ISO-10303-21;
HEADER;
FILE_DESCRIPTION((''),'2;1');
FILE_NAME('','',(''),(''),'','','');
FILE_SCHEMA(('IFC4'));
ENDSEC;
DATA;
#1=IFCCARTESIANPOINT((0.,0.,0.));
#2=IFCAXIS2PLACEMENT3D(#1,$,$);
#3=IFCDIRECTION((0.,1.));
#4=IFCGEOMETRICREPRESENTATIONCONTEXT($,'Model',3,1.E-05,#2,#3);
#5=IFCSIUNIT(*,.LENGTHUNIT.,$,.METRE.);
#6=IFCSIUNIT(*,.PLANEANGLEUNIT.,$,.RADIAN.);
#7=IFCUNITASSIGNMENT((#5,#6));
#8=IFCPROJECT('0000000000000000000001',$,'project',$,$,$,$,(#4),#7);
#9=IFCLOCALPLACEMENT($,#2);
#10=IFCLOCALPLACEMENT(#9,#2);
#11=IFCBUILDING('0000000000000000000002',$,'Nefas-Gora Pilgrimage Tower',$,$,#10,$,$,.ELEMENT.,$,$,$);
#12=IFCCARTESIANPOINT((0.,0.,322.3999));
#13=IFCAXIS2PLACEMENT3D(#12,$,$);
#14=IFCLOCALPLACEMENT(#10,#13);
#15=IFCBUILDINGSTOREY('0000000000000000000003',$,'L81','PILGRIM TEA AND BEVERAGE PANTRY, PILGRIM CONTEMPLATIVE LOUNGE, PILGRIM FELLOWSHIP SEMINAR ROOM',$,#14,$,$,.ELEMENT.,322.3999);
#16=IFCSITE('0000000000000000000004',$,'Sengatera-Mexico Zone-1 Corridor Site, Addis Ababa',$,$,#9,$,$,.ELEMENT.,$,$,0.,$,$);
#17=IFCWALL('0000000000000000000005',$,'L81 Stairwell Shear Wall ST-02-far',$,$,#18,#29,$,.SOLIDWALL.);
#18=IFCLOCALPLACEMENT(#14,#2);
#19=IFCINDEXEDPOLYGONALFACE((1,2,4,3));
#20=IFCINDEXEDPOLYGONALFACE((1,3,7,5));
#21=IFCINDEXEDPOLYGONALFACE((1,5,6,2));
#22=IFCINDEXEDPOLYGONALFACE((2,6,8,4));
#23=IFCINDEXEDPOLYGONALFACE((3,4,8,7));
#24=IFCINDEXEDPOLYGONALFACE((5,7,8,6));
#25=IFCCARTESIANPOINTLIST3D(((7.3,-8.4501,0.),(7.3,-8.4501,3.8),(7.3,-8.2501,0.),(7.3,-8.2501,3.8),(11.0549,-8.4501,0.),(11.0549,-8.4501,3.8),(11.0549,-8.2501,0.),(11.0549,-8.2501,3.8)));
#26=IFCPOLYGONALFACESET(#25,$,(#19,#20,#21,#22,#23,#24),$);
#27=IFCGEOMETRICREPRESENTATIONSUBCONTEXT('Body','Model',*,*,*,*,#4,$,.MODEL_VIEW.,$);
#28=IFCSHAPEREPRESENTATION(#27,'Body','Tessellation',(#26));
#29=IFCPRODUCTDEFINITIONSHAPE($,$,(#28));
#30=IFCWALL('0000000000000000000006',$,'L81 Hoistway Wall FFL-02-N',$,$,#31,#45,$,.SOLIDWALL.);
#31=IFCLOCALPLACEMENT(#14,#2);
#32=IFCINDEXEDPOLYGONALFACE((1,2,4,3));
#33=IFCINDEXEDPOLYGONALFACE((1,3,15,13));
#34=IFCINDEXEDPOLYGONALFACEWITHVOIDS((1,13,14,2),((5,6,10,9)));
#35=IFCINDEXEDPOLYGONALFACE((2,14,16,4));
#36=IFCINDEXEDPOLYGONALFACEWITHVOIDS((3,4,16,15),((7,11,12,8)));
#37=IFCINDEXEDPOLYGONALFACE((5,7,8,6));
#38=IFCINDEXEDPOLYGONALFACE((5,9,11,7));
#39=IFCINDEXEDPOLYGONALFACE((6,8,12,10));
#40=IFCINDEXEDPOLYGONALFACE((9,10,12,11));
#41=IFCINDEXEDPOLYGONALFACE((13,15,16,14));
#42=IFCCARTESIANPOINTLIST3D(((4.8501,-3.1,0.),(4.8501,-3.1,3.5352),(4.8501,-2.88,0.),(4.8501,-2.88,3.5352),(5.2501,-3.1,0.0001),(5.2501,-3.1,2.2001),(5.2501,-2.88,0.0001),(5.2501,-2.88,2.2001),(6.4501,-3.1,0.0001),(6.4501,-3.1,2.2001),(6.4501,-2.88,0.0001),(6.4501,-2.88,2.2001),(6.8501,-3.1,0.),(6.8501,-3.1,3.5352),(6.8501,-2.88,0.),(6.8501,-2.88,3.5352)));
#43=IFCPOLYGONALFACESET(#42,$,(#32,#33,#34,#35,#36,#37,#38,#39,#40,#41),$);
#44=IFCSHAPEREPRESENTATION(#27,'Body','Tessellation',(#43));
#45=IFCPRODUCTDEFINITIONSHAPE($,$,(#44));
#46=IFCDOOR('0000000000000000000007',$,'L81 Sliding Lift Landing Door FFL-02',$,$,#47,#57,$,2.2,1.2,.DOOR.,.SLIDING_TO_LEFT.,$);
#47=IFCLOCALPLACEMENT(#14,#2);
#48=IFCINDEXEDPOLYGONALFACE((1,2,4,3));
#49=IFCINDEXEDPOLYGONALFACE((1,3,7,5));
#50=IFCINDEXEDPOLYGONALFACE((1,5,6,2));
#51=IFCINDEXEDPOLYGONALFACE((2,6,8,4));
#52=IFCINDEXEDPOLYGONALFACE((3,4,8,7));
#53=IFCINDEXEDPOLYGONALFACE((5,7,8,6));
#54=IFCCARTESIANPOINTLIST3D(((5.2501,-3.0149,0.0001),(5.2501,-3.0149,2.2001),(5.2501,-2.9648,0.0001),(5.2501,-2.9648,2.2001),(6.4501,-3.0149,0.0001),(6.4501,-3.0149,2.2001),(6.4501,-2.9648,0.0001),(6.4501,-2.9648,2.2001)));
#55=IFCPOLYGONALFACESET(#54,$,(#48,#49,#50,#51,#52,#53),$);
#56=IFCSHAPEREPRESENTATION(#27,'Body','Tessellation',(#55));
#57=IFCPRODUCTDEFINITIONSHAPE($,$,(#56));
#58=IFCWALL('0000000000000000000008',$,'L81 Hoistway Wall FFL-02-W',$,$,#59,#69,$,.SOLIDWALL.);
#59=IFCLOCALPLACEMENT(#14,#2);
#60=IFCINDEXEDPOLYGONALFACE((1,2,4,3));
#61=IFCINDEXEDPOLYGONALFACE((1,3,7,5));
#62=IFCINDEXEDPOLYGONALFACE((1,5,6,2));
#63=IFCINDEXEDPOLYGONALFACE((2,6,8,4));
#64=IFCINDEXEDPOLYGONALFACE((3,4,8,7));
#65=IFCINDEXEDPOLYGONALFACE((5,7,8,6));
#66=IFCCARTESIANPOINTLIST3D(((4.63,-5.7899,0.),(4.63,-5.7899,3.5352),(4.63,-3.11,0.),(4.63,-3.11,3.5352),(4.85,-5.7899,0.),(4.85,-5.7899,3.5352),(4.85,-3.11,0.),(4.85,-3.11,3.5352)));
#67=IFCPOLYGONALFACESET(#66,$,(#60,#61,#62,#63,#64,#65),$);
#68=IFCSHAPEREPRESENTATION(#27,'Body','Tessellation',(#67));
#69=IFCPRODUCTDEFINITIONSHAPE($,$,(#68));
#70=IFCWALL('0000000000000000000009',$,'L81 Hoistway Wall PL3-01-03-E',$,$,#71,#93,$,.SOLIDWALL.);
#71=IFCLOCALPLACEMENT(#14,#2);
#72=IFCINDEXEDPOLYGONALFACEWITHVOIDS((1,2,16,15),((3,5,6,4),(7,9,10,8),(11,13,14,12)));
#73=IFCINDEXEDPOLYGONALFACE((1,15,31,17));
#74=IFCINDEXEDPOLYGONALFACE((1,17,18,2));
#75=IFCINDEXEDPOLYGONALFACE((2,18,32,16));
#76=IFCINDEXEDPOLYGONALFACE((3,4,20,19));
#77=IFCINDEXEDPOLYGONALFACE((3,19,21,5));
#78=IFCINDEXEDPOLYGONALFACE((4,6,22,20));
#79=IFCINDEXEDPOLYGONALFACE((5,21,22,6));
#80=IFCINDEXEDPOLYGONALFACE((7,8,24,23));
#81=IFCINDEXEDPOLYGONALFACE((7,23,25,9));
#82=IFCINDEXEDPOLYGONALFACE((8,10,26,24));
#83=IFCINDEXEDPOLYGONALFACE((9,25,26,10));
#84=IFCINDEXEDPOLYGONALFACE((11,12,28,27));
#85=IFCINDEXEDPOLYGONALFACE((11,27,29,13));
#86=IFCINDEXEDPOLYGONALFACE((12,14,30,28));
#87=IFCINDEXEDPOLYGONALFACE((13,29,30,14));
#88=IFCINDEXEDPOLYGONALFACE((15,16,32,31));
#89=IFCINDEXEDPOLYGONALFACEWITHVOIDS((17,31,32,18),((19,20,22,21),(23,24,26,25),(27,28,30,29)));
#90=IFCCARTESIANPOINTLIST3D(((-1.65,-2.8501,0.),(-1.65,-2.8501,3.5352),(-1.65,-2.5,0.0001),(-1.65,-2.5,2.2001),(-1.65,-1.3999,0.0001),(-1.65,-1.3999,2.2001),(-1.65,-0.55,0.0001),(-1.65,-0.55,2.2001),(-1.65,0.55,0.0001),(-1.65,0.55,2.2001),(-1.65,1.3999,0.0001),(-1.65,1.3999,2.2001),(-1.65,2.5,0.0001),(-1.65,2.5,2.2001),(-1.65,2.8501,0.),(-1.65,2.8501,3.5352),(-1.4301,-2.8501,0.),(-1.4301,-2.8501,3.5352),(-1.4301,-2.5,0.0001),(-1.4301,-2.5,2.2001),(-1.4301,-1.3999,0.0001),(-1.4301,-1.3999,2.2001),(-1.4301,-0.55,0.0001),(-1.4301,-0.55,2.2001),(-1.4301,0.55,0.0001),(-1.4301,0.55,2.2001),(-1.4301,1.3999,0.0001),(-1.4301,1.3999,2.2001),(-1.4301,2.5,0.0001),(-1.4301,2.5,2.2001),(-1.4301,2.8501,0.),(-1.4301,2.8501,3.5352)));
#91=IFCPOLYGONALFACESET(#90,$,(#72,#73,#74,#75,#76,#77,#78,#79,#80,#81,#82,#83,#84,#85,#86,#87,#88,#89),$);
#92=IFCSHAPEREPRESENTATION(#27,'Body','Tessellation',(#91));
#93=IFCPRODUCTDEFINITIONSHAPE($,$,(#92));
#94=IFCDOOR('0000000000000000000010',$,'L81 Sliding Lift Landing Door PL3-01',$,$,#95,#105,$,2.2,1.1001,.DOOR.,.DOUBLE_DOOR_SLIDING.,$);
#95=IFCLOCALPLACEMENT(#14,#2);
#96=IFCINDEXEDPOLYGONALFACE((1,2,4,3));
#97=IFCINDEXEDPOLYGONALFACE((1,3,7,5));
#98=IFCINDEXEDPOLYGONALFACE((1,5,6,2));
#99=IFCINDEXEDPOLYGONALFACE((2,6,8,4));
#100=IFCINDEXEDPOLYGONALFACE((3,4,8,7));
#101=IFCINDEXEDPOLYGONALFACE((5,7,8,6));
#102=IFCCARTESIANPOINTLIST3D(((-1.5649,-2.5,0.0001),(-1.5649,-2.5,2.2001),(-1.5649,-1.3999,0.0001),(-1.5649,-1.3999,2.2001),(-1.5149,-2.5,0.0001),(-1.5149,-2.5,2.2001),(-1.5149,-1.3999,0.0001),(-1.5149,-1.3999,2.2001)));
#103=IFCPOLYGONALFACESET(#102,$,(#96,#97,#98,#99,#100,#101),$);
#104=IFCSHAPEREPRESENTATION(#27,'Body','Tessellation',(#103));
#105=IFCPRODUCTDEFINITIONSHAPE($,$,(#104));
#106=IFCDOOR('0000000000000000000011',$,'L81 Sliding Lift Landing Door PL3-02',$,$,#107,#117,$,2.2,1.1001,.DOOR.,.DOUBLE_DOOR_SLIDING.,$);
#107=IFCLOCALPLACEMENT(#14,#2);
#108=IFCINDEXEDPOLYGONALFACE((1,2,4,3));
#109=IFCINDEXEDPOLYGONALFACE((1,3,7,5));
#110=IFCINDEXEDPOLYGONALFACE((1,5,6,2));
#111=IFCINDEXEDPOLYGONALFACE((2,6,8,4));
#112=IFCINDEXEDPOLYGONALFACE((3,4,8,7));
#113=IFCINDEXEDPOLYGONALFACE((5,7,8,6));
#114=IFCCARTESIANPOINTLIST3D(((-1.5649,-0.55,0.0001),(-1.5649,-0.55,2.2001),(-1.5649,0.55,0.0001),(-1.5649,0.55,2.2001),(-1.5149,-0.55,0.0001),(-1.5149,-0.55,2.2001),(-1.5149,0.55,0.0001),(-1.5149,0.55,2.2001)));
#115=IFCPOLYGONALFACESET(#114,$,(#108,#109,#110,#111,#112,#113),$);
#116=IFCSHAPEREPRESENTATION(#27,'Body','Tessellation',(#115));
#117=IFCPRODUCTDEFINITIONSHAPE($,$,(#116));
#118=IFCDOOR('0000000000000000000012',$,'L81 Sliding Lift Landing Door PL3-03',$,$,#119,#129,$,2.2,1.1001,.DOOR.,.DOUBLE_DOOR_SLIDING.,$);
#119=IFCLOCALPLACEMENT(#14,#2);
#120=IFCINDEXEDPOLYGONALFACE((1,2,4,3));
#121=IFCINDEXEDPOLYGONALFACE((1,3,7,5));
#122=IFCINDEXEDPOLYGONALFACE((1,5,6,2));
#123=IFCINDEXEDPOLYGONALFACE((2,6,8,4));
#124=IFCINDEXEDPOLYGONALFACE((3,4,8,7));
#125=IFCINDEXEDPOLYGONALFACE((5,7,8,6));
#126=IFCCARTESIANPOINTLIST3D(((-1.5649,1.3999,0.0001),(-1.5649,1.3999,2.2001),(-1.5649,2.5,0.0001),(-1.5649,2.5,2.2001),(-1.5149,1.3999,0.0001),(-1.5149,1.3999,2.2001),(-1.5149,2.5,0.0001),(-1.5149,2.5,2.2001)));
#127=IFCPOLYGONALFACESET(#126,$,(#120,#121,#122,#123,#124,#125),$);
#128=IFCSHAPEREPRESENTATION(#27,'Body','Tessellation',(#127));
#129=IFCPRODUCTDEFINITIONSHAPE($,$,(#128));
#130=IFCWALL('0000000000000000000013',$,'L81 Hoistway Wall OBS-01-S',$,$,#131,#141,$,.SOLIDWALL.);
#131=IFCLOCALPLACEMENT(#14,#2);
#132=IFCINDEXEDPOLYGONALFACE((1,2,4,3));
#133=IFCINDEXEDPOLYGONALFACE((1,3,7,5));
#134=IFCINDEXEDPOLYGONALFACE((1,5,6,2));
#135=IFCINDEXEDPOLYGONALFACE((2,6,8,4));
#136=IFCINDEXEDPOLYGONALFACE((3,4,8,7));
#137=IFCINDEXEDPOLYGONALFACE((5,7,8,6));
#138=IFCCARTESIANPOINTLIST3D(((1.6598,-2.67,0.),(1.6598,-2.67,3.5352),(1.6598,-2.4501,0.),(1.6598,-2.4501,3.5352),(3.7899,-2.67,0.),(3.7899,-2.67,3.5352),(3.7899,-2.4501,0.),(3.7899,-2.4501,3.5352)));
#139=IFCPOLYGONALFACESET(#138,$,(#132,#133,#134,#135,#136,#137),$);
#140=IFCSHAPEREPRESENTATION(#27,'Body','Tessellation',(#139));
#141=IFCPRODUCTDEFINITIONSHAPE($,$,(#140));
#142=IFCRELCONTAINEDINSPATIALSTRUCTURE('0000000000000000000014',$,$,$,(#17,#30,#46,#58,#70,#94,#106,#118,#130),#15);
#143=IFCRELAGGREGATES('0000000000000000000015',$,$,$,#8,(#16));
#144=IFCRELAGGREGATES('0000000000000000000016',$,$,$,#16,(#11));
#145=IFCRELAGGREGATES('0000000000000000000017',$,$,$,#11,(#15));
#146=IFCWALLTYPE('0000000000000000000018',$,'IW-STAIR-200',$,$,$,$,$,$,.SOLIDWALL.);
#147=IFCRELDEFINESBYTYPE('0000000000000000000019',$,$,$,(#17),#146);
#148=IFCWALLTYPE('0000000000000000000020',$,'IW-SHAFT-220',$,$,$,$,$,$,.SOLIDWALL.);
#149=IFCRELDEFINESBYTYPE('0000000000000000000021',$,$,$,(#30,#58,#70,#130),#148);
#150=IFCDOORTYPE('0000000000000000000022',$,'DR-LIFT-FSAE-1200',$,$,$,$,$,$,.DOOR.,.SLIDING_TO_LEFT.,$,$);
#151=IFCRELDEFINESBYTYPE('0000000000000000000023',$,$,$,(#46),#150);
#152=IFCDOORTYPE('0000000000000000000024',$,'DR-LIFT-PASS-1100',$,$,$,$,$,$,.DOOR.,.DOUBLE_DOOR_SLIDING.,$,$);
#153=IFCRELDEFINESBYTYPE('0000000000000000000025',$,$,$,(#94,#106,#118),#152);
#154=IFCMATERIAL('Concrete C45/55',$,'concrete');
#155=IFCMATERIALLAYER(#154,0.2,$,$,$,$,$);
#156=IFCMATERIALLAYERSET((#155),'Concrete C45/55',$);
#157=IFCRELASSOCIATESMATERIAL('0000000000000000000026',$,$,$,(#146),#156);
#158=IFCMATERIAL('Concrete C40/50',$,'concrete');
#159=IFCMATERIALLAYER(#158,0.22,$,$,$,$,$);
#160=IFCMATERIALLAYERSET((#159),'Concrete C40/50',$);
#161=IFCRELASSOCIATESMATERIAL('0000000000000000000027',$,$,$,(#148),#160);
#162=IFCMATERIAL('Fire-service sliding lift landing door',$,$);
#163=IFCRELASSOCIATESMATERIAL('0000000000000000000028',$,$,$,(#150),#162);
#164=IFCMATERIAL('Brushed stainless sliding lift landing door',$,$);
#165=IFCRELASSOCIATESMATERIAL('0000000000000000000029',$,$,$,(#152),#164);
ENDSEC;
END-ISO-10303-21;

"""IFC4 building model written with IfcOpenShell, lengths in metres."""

from ifc_helpers import new_model, si_unit, direction, frame, frame_2d, origin, place, context, subcontext, project, spatial, rectangle, extrude, source, transform, mapped, material, layer, layer_set, type_object, element, fill, save


model = new_model("IFC4")

# Units and contexts
model_context = context("Model", 3, precision=1e-05, world=origin(), true_north=direction((0.0, 1.0)))
body_context = subcontext(model_context, "Body", "Model", "MODEL_VIEW")
ifc_project = project(units=[si_unit("LENGTHUNIT", "METRE"), si_unit("PLANEANGLEUNIT", "RADIAN")], contexts=[model_context])

# Site, building, storey
site_placement = place(None, origin())
site = spatial("IfcSite", under=ifc_project, at=site_placement, Name="Sengatera-Mexico Zone-1 Corridor Site, Addis Ababa", CompositionType="ELEMENT", RefElevation=0.0)
building_placement = place(site_placement, origin())
building = spatial("IfcBuilding", under=site, at=building_placement, Name="Nefas-Gora Pilgrimage Tower", CompositionType="ELEMENT")
storey_placement = place(building_placement, frame((0.0, 0.0, 322.3999)))
storey = spatial("IfcBuildingStorey", under=building, at=storey_placement, Name="L81", Description="PILGRIM TEA AND BEVERAGE PANTRY, PILGRIM CONTEMPLATIVE LOUNGE, PILGRIM FELLOWSHIP SEMINAR ROOM", CompositionType="ELEMENT", Elevation=322.3999)

# Shared definitions
ifc_material_1 = material(Name="Concrete C40/50", Category="concrete")

# Shared definitions
ifc_material_2 = material(Name="Concrete C45/55", Category="concrete")

# Shared definitions
ifc_layer_1 = layer(ifc_material_2, 0.2)
ifc_layer_set_1 = layer_set([ifc_layer_1], Name="Concrete C45/55")
wall_type_1 = type_object("IfcWallType", Name="IW-STAIR-200", PredefinedType="SOLIDWALL", material=ifc_layer_set_1)

# Wall
shared_shape_1 = source(origin(), body_context, "Body", "SweptSolid", [
    extrude(rectangle(XDim=3.7549, YDim=0.2, at=frame_2d((1.8774, 0.0))), origin(), (0.0, 0.0, 1.0), 3.8),
])
wall_1_placement = place(storey_placement, frame((7.3, -8.3501, 0.0), z_axis=(0.0, 0.0, 1.0), x_axis=(1.0, 0.0, 0.0)))
element("IfcWall", 1, at=wall_1_placement, inside=storey, type_object=wall_type_1, Name="L81 Stairwell Shear Wall ST-02-far", PredefinedType="SOLIDWALL", context=body_context, shape_type="MappedRepresentation", body=[
    mapped(shared_shape_1, transform((0.0, 0.0, 0.0), x_axis=(1.0, 0.0, 0.0), y_axis=(0.0, 1.0, 0.0), z_axis=(0.0, 0.0, 1.0), scale=1.0)),
])

# Wall, opening, door
ifc_layer_2 = layer(ifc_material_1, 0.22)
ifc_layer_set_2 = layer_set([ifc_layer_2], Name="Concrete C40/50")
wall_type_2 = type_object("IfcWallType", Name="IW-SHAFT-220", PredefinedType="SOLIDWALL", material=ifc_layer_set_2)
shared_shape_2 = source(origin(), body_context, "Body", "SweptSolid", [
    extrude(rectangle(XDim=2.0, YDim=0.22, at=frame_2d((1.0, 0.0))), origin(), (0.0, 0.0, 1.0), 3.5352),
])
wall_2_placement = place(storey_placement, frame((6.8501, -2.99, 0.0), z_axis=(0.0, 0.0, 1.0), x_axis=(-1.0, 0.0, 0.0)))
wall_2 = element("IfcWall", 2, at=wall_2_placement, inside=storey, type_object=wall_type_2, Name="L81 Hoistway Wall FFL-02-N", PredefinedType="SOLIDWALL", context=body_context, shape_type="MappedRepresentation", body=[
    mapped(shared_shape_2, transform((0.0, 0.0, 0.0), x_axis=(1.0, 0.0, 0.0), y_axis=(0.0, 1.0, 0.0), z_axis=(0.0, 0.0, 1.0), scale=1.0)),
])
opening_1_placement = place(wall_2_placement, frame((0.3999, 0.0, 0.0)))
opening_1 = element("IfcOpeningElement", 3, at=opening_1_placement, cuts=wall_2, PredefinedType="OPENING", context=body_context, shape_type="SweptSolid", body=[
    extrude(rectangle(XDim=1.2, YDim=2.2, at=frame_2d((0.6001, 1.1001))), frame((0.0, 0.1199, 0.0), z_axis=(0.0, -1.0, 0.0), x_axis=(1.0, 0.0, 0.0)), (0.0, 0.0, 1.0), 0.24),
])
ifc_material_3 = material(Name="Fire-service sliding lift landing door")
door_type_1 = type_object("IfcDoorType", Name="DR-LIFT-FSAE-1200", OperationType="SLIDING_TO_LEFT", PredefinedType="DOOR", material=ifc_material_3)
shared_shape_3 = source(origin(), body_context, "Body", "SweptSolid", [
    extrude(rectangle(XDim=1.2, YDim=2.2, at=frame_2d((0.6001, 1.1001))), frame((0.0, 0.0249, 0.0), z_axis=(0.0, -1.0, 0.0), x_axis=(1.0, 0.0, 0.0)), (0.0, 0.0, 1.0), 0.05),
])
door_1_placement = place(opening_1_placement, origin())
door_1 = element("IfcDoor", 4, at=door_1_placement, inside=storey, type_object=door_type_1, Name="L81 Sliding Lift Landing Door FFL-02", OperationType="SLIDING_TO_LEFT", OverallHeight=2.2, OverallWidth=1.2, PredefinedType="DOOR", context=body_context, shape_type="MappedRepresentation", body=[
    mapped(shared_shape_3, transform((0.0, 0.0, 0.0), x_axis=(1.0, 0.0, 0.0), y_axis=(0.0, 1.0, 0.0), z_axis=(0.0, 0.0, 1.0), scale=1.0)),
])
fill(opening_1, door_1)

# Wall
shared_shape_4 = source(origin(), body_context, "Body", "SweptSolid", [
    extrude(rectangle(XDim=2.6799, YDim=0.22, at=frame_2d((1.3398, 0.0))), origin(), (0.0, 0.0, 1.0), 3.5352),
])
wall_3_placement = place(storey_placement, frame((4.74, -3.1101, 0.0), z_axis=(0.0, 0.0, 1.0), x_axis=(0.0, -1.0, 0.0)))
element("IfcWall", 5, at=wall_3_placement, inside=storey, type_object=wall_type_2, Name="L81 Hoistway Wall FFL-02-W", PredefinedType="SOLIDWALL", context=body_context, shape_type="MappedRepresentation", body=[
    mapped(shared_shape_4, transform((0.0, 0.0, 0.0), x_axis=(1.0, 0.0, 0.0), y_axis=(0.0, 1.0, 0.0), z_axis=(0.0, 0.0, 1.0), scale=1.0)),
])

# Wall, openings, doors
shared_shape_5 = source(origin(), body_context, "Body", "SweptSolid", [
    extrude(rectangle(XDim=5.7002, YDim=0.22, at=frame_2d((2.8501, 0.0))), origin(), (0.0, 0.0, 1.0), 3.5352),
])
wall_4_placement = place(storey_placement, frame((-1.54, -2.8501, 0.0), z_axis=(0.0, 0.0, 1.0), x_axis=(0.0, 1.0, 0.0)))
wall_4 = element("IfcWall", 6, at=wall_4_placement, inside=storey, type_object=wall_type_2, Name="L81 Hoistway Wall PL3-01-03-E", PredefinedType="SOLIDWALL", context=body_context, shape_type="MappedRepresentation", body=[
    mapped(shared_shape_5, transform((0.0, 0.0, 0.0), x_axis=(1.0, 0.0, 0.0), y_axis=(0.0, 1.0, 0.0), z_axis=(0.0, 0.0, 1.0), scale=1.0)),
])
opening_2_placement = place(wall_4_placement, frame((0.3501, 0.0, 0.0)))
opening_2 = element("IfcOpeningElement", 7, at=opening_2_placement, cuts=wall_4, PredefinedType="OPENING", context=body_context, shape_type="SweptSolid", body=[
    extrude(rectangle(XDim=1.1001, YDim=2.2, at=frame_2d((0.55, 1.1001))), frame((0.0, 0.1199, 0.0), z_axis=(0.0, -1.0, 0.0), x_axis=(1.0, 0.0, 0.0)), (0.0, 0.0, 1.0), 0.24),
])
opening_3_placement = place(wall_4_placement, frame((2.3, 0.0, 0.0)))
opening_3 = element("IfcOpeningElement", 8, at=opening_3_placement, cuts=wall_4, PredefinedType="OPENING", context=body_context, shape_type="SweptSolid", body=[
    extrude(rectangle(XDim=1.1001, YDim=2.2, at=frame_2d((0.55, 1.1001))), frame((0.0, 0.1199, 0.0), z_axis=(0.0, -1.0, 0.0), x_axis=(1.0, 0.0, 0.0)), (0.0, 0.0, 1.0), 0.24),
])
opening_4_placement = place(wall_4_placement, frame((4.25, 0.0, 0.0)))
opening_4 = element("IfcOpeningElement", 9, at=opening_4_placement, cuts=wall_4, PredefinedType="OPENING", context=body_context, shape_type="SweptSolid", body=[
    extrude(rectangle(XDim=1.1001, YDim=2.2, at=frame_2d((0.55, 1.1001))), frame((0.0, 0.1199, 0.0), z_axis=(0.0, -1.0, 0.0), x_axis=(1.0, 0.0, 0.0)), (0.0, 0.0, 1.0), 0.24),
])
ifc_material_4 = material(Name="Brushed stainless sliding lift landing door")
door_type_2 = type_object("IfcDoorType", Name="DR-LIFT-PASS-1100", OperationType="DOUBLE_DOOR_SLIDING", PredefinedType="DOOR", material=ifc_material_4)
shared_shape_6 = source(origin(), body_context, "Body", "SweptSolid", [
    extrude(rectangle(XDim=1.1001, YDim=2.2, at=frame_2d((0.55, 1.1001))), frame((0.0, 0.0249, 0.0), z_axis=(0.0, -1.0, 0.0), x_axis=(1.0, 0.0, 0.0)), (0.0, 0.0, 1.0), 0.05),
])
door_2_placement = place(opening_2_placement, origin())
door_2 = element("IfcDoor", 10, at=door_2_placement, inside=storey, type_object=door_type_2, Name="L81 Sliding Lift Landing Door PL3-01", OperationType="DOUBLE_DOOR_SLIDING", OverallHeight=2.2, OverallWidth=1.1001, PredefinedType="DOOR", context=body_context, shape_type="MappedRepresentation", body=[
    mapped(shared_shape_6, transform((0.0, 0.0, 0.0), x_axis=(1.0, 0.0, 0.0), y_axis=(0.0, 1.0, 0.0), z_axis=(0.0, 0.0, 1.0), scale=1.0)),
])
fill(opening_2, door_2)
door_3_placement = place(opening_3_placement, origin())
door_3 = element("IfcDoor", 11, at=door_3_placement, inside=storey, type_object=door_type_2, Name="L81 Sliding Lift Landing Door PL3-02", OperationType="DOUBLE_DOOR_SLIDING", OverallHeight=2.2, OverallWidth=1.1001, PredefinedType="DOOR", context=body_context, shape_type="MappedRepresentation", body=[
    mapped(shared_shape_6, transform((0.0, 0.0, 0.0), x_axis=(1.0, 0.0, 0.0), y_axis=(0.0, 1.0, 0.0), z_axis=(0.0, 0.0, 1.0), scale=1.0)),
])
fill(opening_3, door_3)
door_4_placement = place(opening_4_placement, origin())
door_4 = element("IfcDoor", 12, at=door_4_placement, inside=storey, type_object=door_type_2, Name="L81 Sliding Lift Landing Door PL3-03", OperationType="DOUBLE_DOOR_SLIDING", OverallHeight=2.2, OverallWidth=1.1001, PredefinedType="DOOR", context=body_context, shape_type="MappedRepresentation", body=[
    mapped(shared_shape_6, transform((0.0, 0.0, 0.0), x_axis=(1.0, 0.0, 0.0), y_axis=(0.0, 1.0, 0.0), z_axis=(0.0, 0.0, 1.0), scale=1.0)),
])
fill(opening_4, door_4)

# Wall
shared_shape_7 = source(origin(), body_context, "Body", "SweptSolid", [
    extrude(rectangle(XDim=2.1301, YDim=0.22, at=frame_2d((1.0649, 0.0))), origin(), (0.0, 0.0, 1.0), 3.5352),
])
wall_5_placement = place(storey_placement, frame((1.6599, -2.5601, 0.0), z_axis=(0.0, 0.0, 1.0), x_axis=(1.0, 0.0, 0.0)))
element("IfcWall", 13, at=wall_5_placement, inside=storey, type_object=wall_type_2, Name="L81 Hoistway Wall OBS-01-S", PredefinedType="SOLIDWALL", context=body_context, shape_type="MappedRepresentation", body=[
    mapped(shared_shape_7, transform((0.0, 0.0, 0.0), x_axis=(1.0, 0.0, 0.0), y_axis=(0.0, 1.0, 0.0), z_axis=(0.0, 0.0, 1.0), scale=1.0)),
])

save(model, "model.ifc")
